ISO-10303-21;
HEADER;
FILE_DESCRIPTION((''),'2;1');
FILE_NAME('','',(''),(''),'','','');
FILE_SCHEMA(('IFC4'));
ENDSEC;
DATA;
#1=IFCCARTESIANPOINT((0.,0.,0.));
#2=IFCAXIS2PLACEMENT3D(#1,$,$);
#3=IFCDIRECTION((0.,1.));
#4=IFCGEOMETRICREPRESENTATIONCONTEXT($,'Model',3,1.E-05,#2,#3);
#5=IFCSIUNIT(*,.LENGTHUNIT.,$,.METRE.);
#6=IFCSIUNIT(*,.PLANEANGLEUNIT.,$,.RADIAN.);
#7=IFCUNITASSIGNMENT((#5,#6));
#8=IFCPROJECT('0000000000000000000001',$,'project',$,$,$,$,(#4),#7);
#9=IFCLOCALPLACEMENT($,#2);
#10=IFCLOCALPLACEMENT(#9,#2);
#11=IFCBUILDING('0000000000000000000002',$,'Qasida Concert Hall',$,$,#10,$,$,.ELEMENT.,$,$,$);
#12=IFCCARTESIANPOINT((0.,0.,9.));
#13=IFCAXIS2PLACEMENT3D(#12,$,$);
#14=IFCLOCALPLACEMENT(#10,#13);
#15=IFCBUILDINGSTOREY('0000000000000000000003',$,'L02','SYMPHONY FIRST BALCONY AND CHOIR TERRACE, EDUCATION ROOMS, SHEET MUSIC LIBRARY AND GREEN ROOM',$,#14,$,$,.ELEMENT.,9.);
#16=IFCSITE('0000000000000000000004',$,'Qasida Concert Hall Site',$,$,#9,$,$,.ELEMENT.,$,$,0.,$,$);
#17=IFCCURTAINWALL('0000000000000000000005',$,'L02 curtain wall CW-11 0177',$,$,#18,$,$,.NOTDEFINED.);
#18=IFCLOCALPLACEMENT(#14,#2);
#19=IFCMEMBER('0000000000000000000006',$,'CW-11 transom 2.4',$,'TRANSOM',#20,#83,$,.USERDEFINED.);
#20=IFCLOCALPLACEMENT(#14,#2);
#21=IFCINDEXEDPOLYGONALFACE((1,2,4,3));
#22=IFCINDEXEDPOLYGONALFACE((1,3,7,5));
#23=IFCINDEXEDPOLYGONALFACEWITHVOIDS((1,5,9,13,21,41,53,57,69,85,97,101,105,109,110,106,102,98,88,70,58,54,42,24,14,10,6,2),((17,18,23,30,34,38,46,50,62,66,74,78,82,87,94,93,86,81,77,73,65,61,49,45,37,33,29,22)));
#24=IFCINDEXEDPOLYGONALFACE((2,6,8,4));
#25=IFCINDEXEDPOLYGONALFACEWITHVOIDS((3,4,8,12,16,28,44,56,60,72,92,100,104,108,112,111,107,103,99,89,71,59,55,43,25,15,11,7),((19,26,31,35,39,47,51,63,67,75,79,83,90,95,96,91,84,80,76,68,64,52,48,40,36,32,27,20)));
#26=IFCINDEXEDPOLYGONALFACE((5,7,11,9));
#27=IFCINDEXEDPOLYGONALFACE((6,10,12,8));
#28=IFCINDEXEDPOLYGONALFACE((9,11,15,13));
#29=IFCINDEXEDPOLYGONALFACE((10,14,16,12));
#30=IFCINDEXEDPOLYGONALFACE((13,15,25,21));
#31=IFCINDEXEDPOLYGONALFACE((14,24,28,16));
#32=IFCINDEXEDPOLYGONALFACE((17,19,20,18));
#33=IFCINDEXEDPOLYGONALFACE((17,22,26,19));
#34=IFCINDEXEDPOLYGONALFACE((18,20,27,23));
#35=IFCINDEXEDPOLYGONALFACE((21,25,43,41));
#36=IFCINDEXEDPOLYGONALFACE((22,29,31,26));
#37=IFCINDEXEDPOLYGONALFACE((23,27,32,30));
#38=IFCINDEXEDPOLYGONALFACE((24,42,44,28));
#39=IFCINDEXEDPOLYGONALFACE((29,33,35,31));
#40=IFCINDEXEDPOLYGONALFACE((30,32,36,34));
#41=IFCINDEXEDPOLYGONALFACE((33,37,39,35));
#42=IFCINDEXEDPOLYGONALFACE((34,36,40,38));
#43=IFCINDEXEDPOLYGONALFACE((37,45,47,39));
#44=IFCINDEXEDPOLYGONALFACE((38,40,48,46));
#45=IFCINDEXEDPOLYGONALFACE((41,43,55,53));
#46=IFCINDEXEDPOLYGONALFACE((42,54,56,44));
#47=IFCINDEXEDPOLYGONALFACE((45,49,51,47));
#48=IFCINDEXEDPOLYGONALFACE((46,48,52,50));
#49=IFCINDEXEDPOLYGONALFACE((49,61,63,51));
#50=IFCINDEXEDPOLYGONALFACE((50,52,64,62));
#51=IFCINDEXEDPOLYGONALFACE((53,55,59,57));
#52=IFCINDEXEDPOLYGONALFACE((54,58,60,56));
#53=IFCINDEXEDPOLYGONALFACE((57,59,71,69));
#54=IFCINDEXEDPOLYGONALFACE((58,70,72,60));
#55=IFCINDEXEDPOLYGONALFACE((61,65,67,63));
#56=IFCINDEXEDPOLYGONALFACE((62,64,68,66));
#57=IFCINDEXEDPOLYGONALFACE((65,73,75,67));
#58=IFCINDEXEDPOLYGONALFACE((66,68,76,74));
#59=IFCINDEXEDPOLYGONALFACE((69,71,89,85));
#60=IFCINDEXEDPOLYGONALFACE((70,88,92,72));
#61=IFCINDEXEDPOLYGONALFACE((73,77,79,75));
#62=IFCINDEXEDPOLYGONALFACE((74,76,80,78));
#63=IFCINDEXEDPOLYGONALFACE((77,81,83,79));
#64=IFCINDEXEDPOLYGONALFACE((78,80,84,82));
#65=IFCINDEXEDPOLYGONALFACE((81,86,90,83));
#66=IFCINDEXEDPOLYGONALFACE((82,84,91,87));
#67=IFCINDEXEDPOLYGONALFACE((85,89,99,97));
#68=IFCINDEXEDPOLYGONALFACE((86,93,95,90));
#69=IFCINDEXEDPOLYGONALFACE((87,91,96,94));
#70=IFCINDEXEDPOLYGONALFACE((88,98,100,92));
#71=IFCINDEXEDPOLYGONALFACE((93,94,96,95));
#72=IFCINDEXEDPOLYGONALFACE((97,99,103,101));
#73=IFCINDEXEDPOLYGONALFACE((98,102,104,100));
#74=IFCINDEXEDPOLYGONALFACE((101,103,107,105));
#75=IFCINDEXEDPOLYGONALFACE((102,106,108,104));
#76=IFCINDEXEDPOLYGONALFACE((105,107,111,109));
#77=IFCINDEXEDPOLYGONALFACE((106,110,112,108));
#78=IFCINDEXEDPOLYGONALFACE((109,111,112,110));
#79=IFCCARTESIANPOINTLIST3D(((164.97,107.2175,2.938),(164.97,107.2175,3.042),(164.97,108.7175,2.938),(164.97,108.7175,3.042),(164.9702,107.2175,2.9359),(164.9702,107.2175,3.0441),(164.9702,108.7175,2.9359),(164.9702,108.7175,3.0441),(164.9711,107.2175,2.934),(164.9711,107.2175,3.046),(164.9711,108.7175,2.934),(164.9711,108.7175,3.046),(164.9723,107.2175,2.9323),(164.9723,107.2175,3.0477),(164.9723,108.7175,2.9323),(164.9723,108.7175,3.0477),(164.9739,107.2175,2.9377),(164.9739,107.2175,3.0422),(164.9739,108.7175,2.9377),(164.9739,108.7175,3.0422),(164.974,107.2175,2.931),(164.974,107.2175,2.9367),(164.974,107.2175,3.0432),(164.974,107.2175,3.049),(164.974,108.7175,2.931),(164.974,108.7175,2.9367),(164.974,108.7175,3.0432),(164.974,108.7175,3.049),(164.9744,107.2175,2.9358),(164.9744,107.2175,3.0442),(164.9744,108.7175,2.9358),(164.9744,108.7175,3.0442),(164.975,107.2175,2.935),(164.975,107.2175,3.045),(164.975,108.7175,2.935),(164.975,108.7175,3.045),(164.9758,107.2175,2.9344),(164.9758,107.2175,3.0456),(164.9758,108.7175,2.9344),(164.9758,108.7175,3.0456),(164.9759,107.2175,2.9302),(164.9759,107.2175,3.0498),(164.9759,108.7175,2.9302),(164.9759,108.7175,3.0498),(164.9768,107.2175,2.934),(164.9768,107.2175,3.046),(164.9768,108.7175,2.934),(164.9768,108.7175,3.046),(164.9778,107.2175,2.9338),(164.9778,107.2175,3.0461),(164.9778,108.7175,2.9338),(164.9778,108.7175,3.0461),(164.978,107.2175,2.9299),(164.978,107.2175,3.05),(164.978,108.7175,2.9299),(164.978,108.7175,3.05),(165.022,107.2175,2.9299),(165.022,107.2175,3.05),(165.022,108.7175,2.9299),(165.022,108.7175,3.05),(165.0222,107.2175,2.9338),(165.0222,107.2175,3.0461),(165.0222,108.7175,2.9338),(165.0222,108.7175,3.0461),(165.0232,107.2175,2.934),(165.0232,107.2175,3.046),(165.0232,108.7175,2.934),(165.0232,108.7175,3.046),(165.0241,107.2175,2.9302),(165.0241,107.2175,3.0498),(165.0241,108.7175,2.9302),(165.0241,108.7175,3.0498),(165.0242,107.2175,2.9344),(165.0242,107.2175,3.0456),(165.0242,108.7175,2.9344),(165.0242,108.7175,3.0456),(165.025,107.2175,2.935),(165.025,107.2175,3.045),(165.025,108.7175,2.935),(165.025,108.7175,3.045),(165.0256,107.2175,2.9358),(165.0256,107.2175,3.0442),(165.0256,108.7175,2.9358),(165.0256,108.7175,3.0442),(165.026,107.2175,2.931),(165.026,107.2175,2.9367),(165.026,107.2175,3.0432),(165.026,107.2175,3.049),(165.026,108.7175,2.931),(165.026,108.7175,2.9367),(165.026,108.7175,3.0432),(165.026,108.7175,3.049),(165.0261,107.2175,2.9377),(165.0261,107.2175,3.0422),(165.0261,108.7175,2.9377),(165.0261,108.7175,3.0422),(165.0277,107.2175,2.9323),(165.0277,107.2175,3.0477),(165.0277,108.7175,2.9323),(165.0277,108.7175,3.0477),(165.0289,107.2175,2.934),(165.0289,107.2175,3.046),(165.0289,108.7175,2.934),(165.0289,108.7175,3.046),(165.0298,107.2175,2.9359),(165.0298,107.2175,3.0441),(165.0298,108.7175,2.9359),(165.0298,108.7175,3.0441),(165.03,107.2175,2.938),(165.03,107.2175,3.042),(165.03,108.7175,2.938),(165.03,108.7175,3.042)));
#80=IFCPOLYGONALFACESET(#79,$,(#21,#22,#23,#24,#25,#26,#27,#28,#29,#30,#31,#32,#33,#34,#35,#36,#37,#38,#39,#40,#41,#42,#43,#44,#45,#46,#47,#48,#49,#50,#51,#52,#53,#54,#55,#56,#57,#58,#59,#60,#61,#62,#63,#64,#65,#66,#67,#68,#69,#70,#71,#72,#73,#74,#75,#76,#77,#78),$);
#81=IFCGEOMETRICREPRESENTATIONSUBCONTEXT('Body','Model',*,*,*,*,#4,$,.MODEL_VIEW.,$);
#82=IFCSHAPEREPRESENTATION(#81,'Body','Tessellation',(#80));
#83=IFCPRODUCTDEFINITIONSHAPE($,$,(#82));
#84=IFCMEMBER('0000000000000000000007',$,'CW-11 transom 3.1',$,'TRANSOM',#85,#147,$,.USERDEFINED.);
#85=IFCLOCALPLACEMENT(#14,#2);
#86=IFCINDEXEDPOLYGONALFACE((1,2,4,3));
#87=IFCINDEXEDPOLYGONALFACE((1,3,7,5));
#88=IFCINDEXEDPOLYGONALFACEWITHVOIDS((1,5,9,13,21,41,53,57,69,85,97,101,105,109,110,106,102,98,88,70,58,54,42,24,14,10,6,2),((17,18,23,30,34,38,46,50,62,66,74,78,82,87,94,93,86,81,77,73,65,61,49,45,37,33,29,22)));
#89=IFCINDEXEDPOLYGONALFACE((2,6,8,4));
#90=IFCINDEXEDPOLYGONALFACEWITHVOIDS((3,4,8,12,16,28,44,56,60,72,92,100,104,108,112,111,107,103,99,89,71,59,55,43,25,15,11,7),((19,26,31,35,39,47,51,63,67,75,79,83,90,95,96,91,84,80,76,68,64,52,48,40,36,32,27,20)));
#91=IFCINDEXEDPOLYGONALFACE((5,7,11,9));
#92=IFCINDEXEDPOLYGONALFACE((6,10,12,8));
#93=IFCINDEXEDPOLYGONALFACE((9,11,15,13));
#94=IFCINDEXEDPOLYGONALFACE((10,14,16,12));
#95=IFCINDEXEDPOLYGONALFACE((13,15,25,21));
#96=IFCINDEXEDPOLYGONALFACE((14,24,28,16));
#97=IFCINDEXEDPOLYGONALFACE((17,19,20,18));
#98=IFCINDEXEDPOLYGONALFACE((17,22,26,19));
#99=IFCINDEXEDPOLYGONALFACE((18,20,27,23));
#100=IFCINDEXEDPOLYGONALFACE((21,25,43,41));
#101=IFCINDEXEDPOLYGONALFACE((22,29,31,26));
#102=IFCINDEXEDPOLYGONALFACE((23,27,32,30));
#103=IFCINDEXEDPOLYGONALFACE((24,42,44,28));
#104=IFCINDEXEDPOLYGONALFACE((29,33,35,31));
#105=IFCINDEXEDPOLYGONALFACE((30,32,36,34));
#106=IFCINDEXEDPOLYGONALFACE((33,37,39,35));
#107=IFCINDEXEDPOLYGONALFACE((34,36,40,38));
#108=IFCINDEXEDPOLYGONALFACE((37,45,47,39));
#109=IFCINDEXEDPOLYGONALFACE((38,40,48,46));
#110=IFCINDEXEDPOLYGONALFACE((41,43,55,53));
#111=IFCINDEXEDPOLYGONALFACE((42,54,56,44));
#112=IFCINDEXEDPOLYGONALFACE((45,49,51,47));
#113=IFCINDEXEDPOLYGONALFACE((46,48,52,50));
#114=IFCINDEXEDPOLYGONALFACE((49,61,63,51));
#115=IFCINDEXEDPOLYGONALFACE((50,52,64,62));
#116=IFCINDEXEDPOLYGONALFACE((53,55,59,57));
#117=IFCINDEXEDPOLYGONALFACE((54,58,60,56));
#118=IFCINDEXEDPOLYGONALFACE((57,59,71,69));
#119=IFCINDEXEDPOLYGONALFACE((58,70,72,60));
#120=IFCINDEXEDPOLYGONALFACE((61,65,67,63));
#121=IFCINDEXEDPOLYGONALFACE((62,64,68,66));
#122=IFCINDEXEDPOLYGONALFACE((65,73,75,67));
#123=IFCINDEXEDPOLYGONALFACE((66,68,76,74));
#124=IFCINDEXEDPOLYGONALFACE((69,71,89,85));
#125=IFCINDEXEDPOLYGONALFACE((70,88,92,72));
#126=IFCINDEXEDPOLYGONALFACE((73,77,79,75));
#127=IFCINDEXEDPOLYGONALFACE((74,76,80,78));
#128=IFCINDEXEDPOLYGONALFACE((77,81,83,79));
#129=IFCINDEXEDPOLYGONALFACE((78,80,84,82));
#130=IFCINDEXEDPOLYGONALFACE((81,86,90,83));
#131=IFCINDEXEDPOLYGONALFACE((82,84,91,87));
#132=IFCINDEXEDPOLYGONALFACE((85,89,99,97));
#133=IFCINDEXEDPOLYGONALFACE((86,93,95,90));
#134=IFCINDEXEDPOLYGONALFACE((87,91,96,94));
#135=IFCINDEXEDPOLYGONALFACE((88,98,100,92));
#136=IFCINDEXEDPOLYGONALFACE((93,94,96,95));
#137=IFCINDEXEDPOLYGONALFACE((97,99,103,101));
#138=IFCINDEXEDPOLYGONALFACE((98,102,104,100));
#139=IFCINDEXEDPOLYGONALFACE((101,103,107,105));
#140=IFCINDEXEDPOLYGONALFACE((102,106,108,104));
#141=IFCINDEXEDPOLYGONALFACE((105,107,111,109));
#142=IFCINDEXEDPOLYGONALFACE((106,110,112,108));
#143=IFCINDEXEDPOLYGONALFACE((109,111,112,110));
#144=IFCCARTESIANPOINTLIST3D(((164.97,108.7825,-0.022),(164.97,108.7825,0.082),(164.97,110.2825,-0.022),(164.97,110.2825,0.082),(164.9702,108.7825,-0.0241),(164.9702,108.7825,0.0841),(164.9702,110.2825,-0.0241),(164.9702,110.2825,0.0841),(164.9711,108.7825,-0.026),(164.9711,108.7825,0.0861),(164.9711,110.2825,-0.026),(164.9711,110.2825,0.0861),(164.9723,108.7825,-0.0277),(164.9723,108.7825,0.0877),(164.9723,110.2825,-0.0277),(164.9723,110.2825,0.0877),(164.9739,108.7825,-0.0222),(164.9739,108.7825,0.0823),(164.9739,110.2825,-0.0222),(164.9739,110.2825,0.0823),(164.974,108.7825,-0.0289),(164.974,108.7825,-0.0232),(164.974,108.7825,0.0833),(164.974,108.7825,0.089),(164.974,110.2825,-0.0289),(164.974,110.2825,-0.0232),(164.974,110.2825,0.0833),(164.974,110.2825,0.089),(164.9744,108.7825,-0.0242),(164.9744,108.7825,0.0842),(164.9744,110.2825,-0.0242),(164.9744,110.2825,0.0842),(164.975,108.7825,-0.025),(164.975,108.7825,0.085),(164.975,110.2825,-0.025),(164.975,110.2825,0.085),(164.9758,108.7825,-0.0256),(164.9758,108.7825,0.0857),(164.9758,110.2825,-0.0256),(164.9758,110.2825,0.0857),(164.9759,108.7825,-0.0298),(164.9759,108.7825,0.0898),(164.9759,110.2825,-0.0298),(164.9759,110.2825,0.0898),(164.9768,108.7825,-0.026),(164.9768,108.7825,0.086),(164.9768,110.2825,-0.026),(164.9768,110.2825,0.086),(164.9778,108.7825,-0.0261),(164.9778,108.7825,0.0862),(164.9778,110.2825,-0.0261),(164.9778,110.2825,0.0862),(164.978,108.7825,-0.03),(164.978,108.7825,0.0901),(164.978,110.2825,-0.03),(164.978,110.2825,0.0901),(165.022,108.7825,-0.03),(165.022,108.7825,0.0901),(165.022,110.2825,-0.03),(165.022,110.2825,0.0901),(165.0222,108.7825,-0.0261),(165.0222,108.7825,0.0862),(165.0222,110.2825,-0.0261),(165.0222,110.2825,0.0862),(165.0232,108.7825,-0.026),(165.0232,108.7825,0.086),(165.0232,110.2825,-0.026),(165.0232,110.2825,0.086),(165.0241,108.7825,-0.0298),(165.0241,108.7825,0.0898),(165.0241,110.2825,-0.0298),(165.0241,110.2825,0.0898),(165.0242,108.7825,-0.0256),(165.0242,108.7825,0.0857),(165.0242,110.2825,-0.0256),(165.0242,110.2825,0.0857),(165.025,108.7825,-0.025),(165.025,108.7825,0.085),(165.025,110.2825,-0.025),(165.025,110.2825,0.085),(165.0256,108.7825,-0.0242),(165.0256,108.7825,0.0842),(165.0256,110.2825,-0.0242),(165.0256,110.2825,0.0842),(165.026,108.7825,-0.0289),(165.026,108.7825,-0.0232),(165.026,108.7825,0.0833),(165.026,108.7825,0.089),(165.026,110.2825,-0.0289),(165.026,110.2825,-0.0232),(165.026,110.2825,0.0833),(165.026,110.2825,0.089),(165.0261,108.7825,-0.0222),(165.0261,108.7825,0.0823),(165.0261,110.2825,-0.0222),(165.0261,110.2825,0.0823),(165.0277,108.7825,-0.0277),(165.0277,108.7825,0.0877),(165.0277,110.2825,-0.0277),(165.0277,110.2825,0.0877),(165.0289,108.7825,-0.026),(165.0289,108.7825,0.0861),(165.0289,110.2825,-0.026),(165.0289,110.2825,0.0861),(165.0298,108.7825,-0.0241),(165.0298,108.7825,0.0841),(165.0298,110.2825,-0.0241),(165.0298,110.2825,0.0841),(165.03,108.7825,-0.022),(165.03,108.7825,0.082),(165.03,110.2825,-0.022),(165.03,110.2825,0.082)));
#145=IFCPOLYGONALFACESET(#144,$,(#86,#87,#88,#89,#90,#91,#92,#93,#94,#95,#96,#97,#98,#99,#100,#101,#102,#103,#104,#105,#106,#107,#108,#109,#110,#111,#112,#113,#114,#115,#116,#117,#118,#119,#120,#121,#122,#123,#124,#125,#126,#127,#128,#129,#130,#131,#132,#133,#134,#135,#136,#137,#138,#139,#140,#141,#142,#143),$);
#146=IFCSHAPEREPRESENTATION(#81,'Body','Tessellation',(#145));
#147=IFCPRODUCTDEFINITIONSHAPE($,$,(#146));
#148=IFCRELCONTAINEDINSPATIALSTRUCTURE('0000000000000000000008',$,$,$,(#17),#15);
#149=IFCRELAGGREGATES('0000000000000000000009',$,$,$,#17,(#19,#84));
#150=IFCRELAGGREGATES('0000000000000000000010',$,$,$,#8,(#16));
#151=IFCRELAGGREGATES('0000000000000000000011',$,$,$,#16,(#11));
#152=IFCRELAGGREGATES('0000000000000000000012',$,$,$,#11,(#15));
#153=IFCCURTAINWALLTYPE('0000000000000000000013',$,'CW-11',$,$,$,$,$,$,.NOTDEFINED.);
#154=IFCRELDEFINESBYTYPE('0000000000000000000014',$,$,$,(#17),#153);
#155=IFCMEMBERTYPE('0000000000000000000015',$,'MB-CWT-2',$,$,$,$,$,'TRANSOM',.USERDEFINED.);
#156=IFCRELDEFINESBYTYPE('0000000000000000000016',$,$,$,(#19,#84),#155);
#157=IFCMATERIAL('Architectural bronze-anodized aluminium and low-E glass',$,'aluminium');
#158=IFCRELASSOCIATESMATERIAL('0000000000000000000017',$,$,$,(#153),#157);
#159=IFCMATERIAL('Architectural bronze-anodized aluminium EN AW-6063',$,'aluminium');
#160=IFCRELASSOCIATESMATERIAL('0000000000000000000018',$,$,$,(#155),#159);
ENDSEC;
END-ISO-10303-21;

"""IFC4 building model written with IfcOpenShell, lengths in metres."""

from ifc_helpers import new_model, si_unit, direction, frame, origin, origin_2d, place, context, subcontext, project, spatial, hollow_rectangle, extrude, material, material_profile, profile_set, type_object, element, aggregate, save


model = new_model("IFC4")

# Units and contexts
model_context = context("Model", 3, precision=1e-05, world=origin(), true_north=direction((0.0, 1.0)))
body_context = subcontext(model_context, "Body", "Model", "MODEL_VIEW")
ifc_project = project(units=[si_unit("LENGTHUNIT", "METRE"), si_unit("PLANEANGLEUNIT", "RADIAN")], contexts=[model_context])

# Site, building, storey
site_placement = place(None, origin())
site = spatial("IfcSite", under=ifc_project, at=site_placement, Name="Qasida Concert Hall Site", CompositionType="ELEMENT", RefElevation=0.0)
building_placement = place(site_placement, origin())
building = spatial("IfcBuilding", under=site, at=building_placement, Name="Qasida Concert Hall", CompositionType="ELEMENT")
storey_placement = place(building_placement, frame((0.0, 0.0, 9.0)))
storey = spatial("IfcBuildingStorey", under=building, at=storey_placement, Name="L02", Description="SYMPHONY FIRST BALCONY AND CHOIR TERRACE, EDUCATION ROOMS, SHEET MUSIC LIBRARY AND GREEN ROOM", CompositionType="ELEMENT", Elevation=9.0)

# Curtain wall, members
ifc_material_1 = material(Name="Architectural bronze-anodized aluminium and low-E glass", Category="aluminium")
curtain_wall_type = type_object("IfcCurtainWallType", Name="CW-11", PredefinedType="NOTDEFINED", material=ifc_material_1)
curtain_wall_placement = place(storey_placement, origin())
curtain_wall = element("IfcCurtainWall", 1, at=curtain_wall_placement, inside=storey, type_object=curtain_wall_type, Name="L02 curtain wall CW-11 0177", PredefinedType="NOTDEFINED")
ifc_material_2 = material(Name="Architectural bronze-anodized aluminium EN AW-6063", Category="aluminium")
ifc_material_profile_1 = material_profile(ifc_material_2, hollow_rectangle(XDim=0.0601, YDim=0.1201, WallThickness=0.0039, InnerFilletRadius=0.0039, OuterFilletRadius=0.0081, at=origin_2d()), Name="CWT 120x60x4")
ifc_profile_set_1 = profile_set([ifc_material_profile_1], Name="Architectural bronze-anodized aluminium EN AW-6063")
member_type_1 = type_object("IfcMemberType", Name="MB-CWT-2", ElementType="TRANSOM", PredefinedType="USERDEFINED", material=ifc_profile_set_1)
member_1_placement = place(storey_placement, frame((165.0, 107.2175, 2.99), z_axis=(0.0, 1.0, 0.0), x_axis=(-1.0, 0.0, 0.0)))
member_1 = element("IfcMember", 2, at=member_1_placement, type_object=member_type_1, Name="CW-11 transom 2.4", ObjectType="TRANSOM", PredefinedType="USERDEFINED", context=body_context, shape_type="SweptSolid", body=[
    extrude(hollow_rectangle(XDim=0.0601, YDim=0.1201, WallThickness=0.0039, InnerFilletRadius=0.0039, OuterFilletRadius=0.0081, at=origin_2d()), origin(), (0.0, 0.0, 1.0), 1.5),
])
member_2_placement = place(storey_placement, frame((165.0, 108.7825, 0.03), z_axis=(0.0, 1.0, 0.0), x_axis=(-1.0, 0.0, 0.0)))
member_2 = element("IfcMember", 3, at=member_2_placement, type_object=member_type_1, Name="CW-11 transom 3.1", ObjectType="TRANSOM", PredefinedType="USERDEFINED", context=body_context, shape_type="SweptSolid", body=[
    extrude(hollow_rectangle(XDim=0.0601, YDim=0.1201, WallThickness=0.0039, InnerFilletRadius=0.0039, OuterFilletRadius=0.0081, at=origin_2d()), origin(), (0.0, 0.0, 1.0), 1.5),
])
aggregate(curtain_wall, [member_1, member_2])

save(model, "model.ifc")
